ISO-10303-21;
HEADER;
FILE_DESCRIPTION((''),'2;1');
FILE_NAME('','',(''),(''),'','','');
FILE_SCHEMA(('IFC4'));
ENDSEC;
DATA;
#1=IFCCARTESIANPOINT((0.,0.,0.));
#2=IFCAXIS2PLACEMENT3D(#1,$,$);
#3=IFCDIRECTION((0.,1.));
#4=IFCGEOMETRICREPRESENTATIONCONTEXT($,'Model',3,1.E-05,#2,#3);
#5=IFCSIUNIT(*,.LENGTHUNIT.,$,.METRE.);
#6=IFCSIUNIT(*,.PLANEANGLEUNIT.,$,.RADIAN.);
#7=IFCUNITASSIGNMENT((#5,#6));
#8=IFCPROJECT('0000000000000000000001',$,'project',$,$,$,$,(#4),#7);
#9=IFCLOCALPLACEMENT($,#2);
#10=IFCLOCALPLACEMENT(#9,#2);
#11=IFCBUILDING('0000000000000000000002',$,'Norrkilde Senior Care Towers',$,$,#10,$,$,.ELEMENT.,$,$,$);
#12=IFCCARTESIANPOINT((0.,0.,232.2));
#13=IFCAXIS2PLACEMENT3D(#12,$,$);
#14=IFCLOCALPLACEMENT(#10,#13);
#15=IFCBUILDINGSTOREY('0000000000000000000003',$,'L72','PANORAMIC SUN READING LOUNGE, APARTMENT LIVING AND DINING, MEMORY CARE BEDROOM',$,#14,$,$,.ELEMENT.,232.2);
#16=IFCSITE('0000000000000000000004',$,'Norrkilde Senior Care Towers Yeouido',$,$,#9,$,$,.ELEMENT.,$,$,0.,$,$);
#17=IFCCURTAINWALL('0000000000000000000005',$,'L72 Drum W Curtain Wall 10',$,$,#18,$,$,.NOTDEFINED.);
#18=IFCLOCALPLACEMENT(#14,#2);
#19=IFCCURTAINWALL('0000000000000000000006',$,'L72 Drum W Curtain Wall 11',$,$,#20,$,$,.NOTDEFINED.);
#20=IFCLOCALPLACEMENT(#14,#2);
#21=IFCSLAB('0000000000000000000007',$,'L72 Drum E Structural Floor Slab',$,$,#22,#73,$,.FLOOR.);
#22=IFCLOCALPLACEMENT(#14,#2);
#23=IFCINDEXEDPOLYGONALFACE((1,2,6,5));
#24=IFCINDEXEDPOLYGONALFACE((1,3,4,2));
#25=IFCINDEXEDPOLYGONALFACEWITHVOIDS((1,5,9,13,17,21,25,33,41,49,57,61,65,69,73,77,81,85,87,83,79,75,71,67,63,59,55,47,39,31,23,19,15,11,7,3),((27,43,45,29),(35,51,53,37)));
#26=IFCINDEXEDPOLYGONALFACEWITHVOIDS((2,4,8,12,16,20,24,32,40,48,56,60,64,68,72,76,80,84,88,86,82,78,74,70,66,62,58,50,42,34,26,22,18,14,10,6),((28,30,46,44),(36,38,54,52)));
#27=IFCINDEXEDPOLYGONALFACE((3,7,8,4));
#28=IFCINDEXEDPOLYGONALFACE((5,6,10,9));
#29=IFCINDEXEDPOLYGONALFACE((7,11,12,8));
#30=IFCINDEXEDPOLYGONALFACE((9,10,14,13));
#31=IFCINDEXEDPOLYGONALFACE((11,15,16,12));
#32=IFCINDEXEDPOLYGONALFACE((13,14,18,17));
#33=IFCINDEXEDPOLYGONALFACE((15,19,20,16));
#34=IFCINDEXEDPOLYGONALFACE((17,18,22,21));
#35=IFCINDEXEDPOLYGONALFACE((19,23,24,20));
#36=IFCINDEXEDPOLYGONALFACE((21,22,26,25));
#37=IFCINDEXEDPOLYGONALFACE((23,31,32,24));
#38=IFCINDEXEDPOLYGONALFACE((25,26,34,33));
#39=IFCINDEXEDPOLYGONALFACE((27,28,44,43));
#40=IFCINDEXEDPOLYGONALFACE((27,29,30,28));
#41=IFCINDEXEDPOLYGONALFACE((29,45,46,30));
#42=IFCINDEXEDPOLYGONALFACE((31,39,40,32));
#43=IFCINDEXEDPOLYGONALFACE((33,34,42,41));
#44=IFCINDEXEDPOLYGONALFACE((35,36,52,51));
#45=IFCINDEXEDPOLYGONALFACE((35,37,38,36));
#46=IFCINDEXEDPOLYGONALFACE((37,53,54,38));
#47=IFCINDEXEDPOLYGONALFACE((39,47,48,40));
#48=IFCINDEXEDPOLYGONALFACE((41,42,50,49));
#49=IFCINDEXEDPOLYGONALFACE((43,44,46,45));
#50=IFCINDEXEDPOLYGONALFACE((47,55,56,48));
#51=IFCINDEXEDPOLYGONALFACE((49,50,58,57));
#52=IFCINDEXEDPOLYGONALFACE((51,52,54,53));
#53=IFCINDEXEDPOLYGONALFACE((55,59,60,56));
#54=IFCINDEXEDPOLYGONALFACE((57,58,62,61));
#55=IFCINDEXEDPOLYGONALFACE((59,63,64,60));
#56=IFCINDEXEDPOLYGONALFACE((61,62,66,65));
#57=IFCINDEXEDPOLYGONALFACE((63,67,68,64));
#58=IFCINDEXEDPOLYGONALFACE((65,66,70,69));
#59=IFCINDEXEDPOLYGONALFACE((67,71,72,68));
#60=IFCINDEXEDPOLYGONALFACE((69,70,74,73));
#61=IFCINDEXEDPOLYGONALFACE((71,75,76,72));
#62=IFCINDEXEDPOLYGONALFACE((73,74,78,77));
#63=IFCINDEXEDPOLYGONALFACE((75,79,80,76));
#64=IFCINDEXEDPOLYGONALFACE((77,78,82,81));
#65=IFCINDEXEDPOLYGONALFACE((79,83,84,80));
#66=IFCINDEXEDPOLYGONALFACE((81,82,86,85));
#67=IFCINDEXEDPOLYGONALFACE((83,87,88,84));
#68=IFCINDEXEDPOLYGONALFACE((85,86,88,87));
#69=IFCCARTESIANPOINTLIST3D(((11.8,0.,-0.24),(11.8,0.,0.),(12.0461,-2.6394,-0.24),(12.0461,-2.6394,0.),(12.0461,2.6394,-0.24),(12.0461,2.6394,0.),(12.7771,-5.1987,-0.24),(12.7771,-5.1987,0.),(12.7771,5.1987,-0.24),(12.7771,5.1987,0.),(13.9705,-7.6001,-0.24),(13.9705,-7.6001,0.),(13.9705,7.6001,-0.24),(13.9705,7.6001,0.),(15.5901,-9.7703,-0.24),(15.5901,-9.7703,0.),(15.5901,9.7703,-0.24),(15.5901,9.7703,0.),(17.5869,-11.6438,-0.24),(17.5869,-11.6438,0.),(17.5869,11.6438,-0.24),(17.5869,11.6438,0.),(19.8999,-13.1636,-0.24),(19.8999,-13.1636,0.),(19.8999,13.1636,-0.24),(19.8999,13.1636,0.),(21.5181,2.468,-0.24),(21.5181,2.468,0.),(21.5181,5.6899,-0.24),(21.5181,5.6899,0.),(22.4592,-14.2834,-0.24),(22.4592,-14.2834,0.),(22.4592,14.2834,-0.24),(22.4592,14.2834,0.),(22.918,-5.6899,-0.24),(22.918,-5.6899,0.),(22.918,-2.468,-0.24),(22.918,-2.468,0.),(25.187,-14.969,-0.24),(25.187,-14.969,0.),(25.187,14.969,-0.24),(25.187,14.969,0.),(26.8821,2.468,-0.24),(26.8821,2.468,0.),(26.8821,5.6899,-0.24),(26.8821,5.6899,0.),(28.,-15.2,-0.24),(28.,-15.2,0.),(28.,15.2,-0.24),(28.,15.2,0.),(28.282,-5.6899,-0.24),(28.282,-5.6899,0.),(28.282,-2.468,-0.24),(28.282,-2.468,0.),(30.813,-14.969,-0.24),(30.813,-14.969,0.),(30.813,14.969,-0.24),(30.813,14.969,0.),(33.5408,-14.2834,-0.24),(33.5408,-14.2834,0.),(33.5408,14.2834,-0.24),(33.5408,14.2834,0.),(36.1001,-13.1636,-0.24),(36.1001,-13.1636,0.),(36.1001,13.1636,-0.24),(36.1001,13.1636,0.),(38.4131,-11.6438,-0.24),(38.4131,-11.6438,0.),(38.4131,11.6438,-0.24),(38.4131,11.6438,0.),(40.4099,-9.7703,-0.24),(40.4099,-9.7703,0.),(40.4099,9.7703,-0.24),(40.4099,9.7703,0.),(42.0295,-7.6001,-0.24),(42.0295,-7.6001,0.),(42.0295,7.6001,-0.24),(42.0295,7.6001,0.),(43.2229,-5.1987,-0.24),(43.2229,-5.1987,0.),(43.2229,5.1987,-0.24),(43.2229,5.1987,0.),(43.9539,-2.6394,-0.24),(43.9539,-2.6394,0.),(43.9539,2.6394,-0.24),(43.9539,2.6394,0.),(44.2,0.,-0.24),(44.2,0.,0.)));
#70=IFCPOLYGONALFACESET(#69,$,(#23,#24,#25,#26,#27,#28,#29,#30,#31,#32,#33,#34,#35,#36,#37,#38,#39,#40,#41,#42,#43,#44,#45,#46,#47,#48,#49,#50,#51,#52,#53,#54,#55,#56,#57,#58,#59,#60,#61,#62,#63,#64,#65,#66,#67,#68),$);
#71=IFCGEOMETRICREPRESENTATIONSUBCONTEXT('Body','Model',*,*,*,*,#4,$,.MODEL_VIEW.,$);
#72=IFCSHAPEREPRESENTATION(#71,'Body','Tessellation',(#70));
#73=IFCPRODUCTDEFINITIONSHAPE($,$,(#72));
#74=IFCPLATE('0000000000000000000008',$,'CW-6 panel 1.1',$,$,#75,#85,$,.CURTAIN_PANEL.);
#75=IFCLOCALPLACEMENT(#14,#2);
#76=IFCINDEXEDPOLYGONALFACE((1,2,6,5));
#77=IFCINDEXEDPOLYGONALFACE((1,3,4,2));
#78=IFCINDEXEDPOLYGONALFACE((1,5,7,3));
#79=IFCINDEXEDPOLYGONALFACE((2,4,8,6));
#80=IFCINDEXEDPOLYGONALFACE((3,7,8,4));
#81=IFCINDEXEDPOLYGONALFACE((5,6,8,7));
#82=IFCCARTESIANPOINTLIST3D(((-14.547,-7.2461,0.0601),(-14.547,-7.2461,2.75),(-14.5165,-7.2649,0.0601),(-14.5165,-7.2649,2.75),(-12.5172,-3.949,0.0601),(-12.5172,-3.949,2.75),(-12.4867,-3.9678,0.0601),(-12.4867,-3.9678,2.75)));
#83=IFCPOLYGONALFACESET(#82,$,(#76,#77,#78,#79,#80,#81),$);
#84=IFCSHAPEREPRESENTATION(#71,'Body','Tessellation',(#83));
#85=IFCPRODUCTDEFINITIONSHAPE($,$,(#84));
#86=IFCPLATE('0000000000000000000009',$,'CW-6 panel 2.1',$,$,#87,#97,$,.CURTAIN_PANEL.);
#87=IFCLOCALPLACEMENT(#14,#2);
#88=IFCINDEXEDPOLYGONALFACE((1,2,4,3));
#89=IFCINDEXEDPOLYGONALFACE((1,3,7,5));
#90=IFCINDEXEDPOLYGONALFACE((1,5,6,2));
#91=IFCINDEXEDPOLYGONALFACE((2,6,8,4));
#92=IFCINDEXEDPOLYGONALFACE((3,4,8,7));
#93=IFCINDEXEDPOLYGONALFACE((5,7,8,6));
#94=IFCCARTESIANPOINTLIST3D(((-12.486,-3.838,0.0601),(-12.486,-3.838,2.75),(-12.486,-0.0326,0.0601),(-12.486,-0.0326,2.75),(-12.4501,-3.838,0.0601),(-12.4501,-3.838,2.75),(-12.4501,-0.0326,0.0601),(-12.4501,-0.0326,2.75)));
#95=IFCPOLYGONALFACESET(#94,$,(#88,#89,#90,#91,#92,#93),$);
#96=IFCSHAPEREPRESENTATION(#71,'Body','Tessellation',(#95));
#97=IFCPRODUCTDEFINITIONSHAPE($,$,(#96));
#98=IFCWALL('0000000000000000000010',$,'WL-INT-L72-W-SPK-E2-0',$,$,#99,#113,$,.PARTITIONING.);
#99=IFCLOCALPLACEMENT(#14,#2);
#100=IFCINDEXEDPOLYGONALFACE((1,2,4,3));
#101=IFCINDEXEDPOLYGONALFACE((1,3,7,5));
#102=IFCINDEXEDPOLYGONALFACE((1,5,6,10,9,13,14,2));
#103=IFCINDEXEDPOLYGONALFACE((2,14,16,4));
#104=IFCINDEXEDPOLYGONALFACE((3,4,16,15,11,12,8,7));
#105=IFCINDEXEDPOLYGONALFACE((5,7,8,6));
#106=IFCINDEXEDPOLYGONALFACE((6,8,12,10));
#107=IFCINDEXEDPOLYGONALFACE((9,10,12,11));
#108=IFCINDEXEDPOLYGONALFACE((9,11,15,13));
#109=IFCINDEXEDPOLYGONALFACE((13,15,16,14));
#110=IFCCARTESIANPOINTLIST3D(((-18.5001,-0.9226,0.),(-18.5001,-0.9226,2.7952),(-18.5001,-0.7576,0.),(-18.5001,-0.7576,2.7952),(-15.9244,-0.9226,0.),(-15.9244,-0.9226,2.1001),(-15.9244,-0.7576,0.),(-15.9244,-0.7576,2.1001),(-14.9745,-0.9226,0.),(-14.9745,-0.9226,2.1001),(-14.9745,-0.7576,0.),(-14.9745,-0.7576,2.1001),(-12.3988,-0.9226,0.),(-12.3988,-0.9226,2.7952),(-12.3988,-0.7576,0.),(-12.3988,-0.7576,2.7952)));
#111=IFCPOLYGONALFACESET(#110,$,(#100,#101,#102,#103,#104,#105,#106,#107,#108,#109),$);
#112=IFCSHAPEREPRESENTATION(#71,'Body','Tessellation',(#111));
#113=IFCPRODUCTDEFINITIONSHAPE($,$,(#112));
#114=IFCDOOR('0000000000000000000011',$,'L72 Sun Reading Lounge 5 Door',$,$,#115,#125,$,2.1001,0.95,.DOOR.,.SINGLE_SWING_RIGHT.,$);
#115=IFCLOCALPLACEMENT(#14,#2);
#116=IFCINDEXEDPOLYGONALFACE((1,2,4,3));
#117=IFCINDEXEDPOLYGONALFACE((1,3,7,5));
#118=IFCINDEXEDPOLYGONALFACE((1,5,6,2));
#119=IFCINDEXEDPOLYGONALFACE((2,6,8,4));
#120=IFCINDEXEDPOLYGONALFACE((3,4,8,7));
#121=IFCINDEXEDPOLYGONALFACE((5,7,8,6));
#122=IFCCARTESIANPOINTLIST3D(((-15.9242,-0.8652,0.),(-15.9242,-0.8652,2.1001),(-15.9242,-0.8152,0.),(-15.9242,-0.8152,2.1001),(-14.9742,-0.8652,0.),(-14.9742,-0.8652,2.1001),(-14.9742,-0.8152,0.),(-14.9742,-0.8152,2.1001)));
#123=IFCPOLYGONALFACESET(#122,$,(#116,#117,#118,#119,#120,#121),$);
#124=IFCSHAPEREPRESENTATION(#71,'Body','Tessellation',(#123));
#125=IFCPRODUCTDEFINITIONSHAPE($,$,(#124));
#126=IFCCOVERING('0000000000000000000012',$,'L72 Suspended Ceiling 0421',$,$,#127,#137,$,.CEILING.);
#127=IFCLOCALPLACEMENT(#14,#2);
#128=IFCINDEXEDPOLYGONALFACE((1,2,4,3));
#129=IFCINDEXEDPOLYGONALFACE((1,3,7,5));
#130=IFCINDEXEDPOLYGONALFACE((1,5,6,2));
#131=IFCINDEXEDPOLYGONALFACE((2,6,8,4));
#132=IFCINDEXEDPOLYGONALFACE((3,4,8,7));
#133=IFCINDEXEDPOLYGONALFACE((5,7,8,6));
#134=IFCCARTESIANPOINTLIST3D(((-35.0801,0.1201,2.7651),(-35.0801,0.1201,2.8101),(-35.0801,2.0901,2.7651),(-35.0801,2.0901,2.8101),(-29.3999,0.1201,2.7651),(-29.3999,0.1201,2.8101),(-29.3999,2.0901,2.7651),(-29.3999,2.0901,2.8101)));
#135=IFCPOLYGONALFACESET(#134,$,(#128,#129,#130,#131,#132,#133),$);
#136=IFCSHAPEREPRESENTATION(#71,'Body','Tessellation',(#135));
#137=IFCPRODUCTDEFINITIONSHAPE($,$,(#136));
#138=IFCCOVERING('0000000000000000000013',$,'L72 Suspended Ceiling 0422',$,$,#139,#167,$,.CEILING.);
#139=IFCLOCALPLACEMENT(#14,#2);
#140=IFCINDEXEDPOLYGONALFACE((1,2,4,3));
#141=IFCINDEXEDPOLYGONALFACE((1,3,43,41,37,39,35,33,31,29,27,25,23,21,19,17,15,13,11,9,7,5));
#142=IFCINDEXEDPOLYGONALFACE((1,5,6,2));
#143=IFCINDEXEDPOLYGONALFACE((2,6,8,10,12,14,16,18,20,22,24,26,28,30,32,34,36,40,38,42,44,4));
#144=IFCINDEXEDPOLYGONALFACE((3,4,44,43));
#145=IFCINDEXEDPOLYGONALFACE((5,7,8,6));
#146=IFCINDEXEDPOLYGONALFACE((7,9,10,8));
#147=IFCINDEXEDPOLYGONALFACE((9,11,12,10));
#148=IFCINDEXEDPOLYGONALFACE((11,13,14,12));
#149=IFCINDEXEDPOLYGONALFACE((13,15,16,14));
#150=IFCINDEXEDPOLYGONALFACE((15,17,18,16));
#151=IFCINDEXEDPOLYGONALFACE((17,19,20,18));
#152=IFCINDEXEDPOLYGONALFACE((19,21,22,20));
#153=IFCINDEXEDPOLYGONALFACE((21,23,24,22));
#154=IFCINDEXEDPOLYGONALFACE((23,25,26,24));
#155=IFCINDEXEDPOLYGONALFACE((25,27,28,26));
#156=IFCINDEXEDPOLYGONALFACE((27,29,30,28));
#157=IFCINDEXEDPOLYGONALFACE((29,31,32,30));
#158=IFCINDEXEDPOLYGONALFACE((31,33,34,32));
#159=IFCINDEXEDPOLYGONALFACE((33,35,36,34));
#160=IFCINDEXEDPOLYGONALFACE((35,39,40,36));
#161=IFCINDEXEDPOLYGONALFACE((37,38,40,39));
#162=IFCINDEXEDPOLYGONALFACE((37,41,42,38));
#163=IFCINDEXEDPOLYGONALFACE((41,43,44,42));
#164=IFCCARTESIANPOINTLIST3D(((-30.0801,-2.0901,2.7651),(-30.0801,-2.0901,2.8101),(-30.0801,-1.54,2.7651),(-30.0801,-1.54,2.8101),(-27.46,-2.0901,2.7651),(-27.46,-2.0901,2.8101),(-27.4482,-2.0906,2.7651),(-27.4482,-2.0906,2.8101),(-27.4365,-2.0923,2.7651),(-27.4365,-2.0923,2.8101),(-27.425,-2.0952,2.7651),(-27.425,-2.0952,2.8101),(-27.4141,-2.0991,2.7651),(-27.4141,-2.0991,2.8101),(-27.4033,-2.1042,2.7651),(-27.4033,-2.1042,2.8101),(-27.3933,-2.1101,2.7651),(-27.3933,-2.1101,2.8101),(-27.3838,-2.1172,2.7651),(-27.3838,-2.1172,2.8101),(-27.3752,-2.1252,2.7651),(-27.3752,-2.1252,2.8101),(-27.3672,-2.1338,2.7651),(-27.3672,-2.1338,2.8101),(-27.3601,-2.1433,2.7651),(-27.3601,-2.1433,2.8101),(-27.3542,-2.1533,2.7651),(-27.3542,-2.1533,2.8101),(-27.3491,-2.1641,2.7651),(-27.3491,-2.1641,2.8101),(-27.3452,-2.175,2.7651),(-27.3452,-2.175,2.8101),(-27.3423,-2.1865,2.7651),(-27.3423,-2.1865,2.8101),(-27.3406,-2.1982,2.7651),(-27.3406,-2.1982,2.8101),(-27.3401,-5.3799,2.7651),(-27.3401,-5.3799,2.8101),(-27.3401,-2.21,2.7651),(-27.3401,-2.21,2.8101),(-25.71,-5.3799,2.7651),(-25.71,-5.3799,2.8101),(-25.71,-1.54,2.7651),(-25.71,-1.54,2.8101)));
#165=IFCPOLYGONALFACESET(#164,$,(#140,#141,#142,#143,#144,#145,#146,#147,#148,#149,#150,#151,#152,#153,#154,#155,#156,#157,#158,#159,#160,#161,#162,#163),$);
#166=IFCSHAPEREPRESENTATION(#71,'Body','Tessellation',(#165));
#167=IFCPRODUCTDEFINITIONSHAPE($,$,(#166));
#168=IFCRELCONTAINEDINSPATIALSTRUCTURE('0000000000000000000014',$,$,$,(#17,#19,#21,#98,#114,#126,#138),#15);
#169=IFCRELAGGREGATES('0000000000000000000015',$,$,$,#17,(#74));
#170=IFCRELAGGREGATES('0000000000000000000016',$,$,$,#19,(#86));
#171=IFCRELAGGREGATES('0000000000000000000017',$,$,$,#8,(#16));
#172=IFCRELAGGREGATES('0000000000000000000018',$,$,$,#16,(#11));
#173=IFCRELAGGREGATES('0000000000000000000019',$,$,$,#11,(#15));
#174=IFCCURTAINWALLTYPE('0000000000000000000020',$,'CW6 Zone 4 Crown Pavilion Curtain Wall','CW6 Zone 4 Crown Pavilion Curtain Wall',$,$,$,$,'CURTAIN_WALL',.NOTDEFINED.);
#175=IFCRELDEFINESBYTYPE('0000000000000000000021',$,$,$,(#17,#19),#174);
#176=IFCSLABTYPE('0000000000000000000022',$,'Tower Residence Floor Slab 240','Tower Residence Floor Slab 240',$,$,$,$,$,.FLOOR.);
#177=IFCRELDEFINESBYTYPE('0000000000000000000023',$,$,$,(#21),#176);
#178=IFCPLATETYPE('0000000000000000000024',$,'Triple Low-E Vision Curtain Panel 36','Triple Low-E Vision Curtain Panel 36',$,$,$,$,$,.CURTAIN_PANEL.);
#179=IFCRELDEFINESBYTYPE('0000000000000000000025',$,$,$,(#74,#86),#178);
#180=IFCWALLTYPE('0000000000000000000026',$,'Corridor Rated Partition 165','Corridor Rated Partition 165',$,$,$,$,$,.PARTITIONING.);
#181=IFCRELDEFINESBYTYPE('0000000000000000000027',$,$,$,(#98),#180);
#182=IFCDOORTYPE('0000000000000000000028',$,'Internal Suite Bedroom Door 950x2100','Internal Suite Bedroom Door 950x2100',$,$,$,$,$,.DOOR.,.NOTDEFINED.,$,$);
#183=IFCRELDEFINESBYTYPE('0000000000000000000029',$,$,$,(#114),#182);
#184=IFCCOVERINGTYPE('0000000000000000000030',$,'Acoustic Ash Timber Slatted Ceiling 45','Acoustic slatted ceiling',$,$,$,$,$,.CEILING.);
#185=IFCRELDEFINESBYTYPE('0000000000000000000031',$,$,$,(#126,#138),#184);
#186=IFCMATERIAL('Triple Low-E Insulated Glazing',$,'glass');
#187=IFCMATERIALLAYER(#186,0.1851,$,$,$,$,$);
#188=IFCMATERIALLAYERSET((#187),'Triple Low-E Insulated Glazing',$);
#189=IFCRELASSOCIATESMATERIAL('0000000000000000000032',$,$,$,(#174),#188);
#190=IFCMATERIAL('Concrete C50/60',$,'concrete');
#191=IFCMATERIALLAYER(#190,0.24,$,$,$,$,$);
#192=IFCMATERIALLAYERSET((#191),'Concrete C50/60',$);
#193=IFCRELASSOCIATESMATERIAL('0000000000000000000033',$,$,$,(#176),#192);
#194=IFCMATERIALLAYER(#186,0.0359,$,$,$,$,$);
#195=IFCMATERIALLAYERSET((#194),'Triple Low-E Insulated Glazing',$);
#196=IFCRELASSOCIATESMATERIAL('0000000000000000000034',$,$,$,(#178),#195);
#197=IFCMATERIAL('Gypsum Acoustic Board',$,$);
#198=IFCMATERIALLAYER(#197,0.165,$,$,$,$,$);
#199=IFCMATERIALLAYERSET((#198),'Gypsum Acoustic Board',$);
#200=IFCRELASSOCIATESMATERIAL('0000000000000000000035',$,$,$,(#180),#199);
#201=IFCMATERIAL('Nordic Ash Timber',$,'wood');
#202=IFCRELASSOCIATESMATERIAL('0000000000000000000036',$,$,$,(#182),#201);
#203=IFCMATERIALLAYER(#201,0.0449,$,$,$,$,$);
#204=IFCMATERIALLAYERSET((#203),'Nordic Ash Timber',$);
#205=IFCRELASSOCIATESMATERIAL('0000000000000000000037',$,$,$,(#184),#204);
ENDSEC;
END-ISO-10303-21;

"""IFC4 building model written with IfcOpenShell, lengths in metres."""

from ifc_helpers import new_model, si_unit, direction, frame, frame_2d, origin, origin_2d, place, context, subcontext, project, spatial, polyline, rectangle, outline, extrude, source, transform, mapped, material, layer, layer_set, type_object, type_shapes, element, fill, aggregate, save


model = new_model("IFC4")

# Units and contexts
model_context = context("Model", 3, precision=1e-05, world=origin(), true_north=direction((0.0, 1.0)))
body_context = subcontext(model_context, "Body", "Model", "MODEL_VIEW")
ifc_project = project(units=[si_unit("LENGTHUNIT", "METRE"), si_unit("PLANEANGLEUNIT", "RADIAN")], contexts=[model_context])

# Site, building, storey
site_placement = place(None, origin())
site = spatial("IfcSite", under=ifc_project, at=site_placement, Name="Norrkilde Senior Care Towers Yeouido", CompositionType="ELEMENT", RefElevation=0.0)
building_placement = place(site_placement, origin())
building = spatial("IfcBuilding", under=site, at=building_placement, Name="Norrkilde Senior Care Towers", CompositionType="ELEMENT")
storey_placement = place(building_placement, frame((0.0, 0.0, 232.2)))
storey = spatial("IfcBuildingStorey", under=building, at=storey_placement, Name="L72", Description="PANORAMIC SUN READING LOUNGE, APARTMENT LIVING AND DINING, MEMORY CARE BEDROOM", CompositionType="ELEMENT", Elevation=232.2)

# Shared definitions
ifc_material_1 = material(Name="Concrete C50/60", Category="concrete")

# Curtain walls
ifc_material_2 = material(Name="Triple Low-E Insulated Glazing", Category="glass")
ifc_layer_1 = layer(ifc_material_2, 0.1851)
ifc_layer_set_1 = layer_set([ifc_layer_1], Name="Triple Low-E Insulated Glazing")
curtain_wall_type = type_object("IfcCurtainWallType", Name="CW6 Zone 4 Crown Pavilion Curtain Wall", Description="CW6 Zone 4 Crown Pavilion Curtain Wall", ElementType="CURTAIN_WALL", PredefinedType="NOTDEFINED", material=ifc_layer_set_1)
curtain_wall_1_placement = place(storey_placement, origin())
curtain_wall_1 = element("IfcCurtainWall", 1, at=curtain_wall_1_placement, inside=storey, type_object=curtain_wall_type, Name="L72 Drum W Curtain Wall 10", PredefinedType="NOTDEFINED")
curtain_wall_2_placement = place(storey_placement, origin())
curtain_wall_2 = element("IfcCurtainWall", 2, at=curtain_wall_2_placement, inside=storey, type_object=curtain_wall_type, Name="L72 Drum W Curtain Wall 11", PredefinedType="NOTDEFINED")

# Slab
ifc_layer_2 = layer(ifc_material_1, 0.24)
ifc_layer_set_2 = layer_set([ifc_layer_2], Name="Concrete C50/60")
slab_type_1 = type_object("IfcSlabType", Name="Tower Residence Floor Slab 240", Description="Tower Residence Floor Slab 240", PredefinedType="FLOOR", material=ifc_layer_set_2)
slab_1_placement = place(storey_placement, frame((0.0, 0.0, -0.24)))
element("IfcSlab", 3, at=slab_1_placement, inside=storey, type_object=slab_type_1, Name="L72 Drum E Structural Floor Slab", PredefinedType="FLOOR", context=body_context, shape_type="SweptSolid", body=[
    extrude(outline(polyline([(43.2229, -5.1987), (42.0295, -7.6001), (40.4099, -9.7703), (38.4131, -11.6438), (36.1001, -13.1636), (33.5408, -14.2834), (30.813, -14.969), (28.0, -15.2), (25.187, -14.969), (22.4592, -14.2834), (19.8999, -13.1636), (17.5869, -11.6438), (15.5901, -9.7703), (13.9705, -7.6001), (12.7771, -5.1987), (12.0461, -2.6394), (11.8, 0.0), (12.0461, 2.6394), (12.7771, 5.1987), (13.9705, 7.6001), (15.5901, 9.7703), (17.5869, 11.6438), (19.8999, 13.1636), (22.4592, 14.2834), (25.187, 14.969), (28.0, 15.2), (30.813, 14.969), (33.5408, 14.2834), (36.1001, 13.1636), (38.4131, 11.6438), (40.4099, 9.7703), (42.0295, 7.6001), (43.2229, 5.1987), (43.9539, 2.6394), (44.2, 0.0), (43.9539, -2.6394), (43.2229, -5.1987)]), holes=[polyline([(21.5181, 2.468), (26.8821, 2.468), (26.8821, 5.6899), (21.5181, 5.6899), (21.5181, 2.468)]), polyline([(28.282, -5.6899), (28.282, -2.468), (22.918, -2.468), (22.918, -5.6899), (28.282, -5.6899)])]), origin(), (0.0, 0.0, 1.0), 0.24),
])

# Plates
ifc_layer_3 = layer(ifc_material_2, 0.0359)
ifc_layer_set_3 = layer_set([ifc_layer_3], Name="Triple Low-E Insulated Glazing")
plate_type = type_object("IfcPlateType", Name="Triple Low-E Vision Curtain Panel 36", Description="Triple Low-E Vision Curtain Panel 36", PredefinedType="CURTAIN_PANEL", material=ifc_layer_set_3)
shared_shape_1 = source(origin(), body_context, "Body", "SweptSolid", [
    extrude(rectangle(XDim=3.8718, YDim=0.0359, at=origin_2d()), origin(), (0.0, 0.0, 1.0), 2.6899),
])
plate_1_placement = place(storey_placement, frame((-13.5168, -5.6069, 0.0601), z_axis=(0.0, 0.0, 1.0), x_axis=(-0.524253, -0.851563, 0.0)))
plate_1 = element("IfcPlate", 4, at=plate_1_placement, type_object=plate_type, Name="CW-6 panel 1.1", PredefinedType="CURTAIN_PANEL", context=body_context, shape_type="MappedRepresentation", body=[
    mapped(shared_shape_1, transform((0.0, 0.0, 0.0), x_axis=(1.0, 0.0, 0.0), y_axis=(0.0, 1.0, 0.0), z_axis=(0.0, 0.0, 1.0), scale=1.0)),
])
aggregate(curtain_wall_1, [plate_1])
shared_shape_2 = source(origin(), body_context, "Body", "SweptSolid", [
    extrude(rectangle(XDim=3.8054, YDim=0.0359, at=origin_2d()), origin(), (0.0, 0.0, 1.0), 2.6899),
])
type_shapes(plate_type, [shared_shape_1, shared_shape_2])
plate_2_placement = place(storey_placement, frame((-12.468, -1.9353, 0.0601), z_axis=(0.0, 0.0, 1.0), x_axis=(0.0, -1.0, 0.0)))
plate_2 = element("IfcPlate", 5, at=plate_2_placement, type_object=plate_type, Name="CW-6 panel 2.1", PredefinedType="CURTAIN_PANEL", context=body_context, shape_type="MappedRepresentation", body=[
    mapped(shared_shape_2, transform((0.0, 0.0, 0.0), x_axis=(1.0, 0.0, 0.0), y_axis=(0.0, 1.0, 0.0), z_axis=(0.0, 0.0, 1.0), scale=1.0)),
])
aggregate(curtain_wall_2, [plate_2])

# Wall, opening, door
ifc_material_3 = material(Name="Gypsum Acoustic Board")
ifc_layer_4 = layer(ifc_material_3, 0.165)
ifc_layer_set_4 = layer_set([ifc_layer_4], Name="Gypsum Acoustic Board")
wall_type = type_object("IfcWallType", Name="Corridor Rated Partition 165", Description="Corridor Rated Partition 165", PredefinedType="PARTITIONING", material=ifc_layer_set_4)
shared_shape_3 = source(origin(), body_context, "Body", "SweptSolid", [
    extrude(rectangle(XDim=6.1013, YDim=0.165, at=frame_2d((3.0508, 0.0))), origin(), (0.0, 0.0, 1.0), 2.7952),
])
type_shapes(wall_type, [shared_shape_3])
wall_placement = place(storey_placement, frame((-12.3987, -0.8401, 0.0), z_axis=(0.0, 0.0, 1.0), x_axis=(-1.0, 0.0, 0.0)))
wall = element("IfcWall", 6, at=wall_placement, inside=storey, type_object=wall_type, Name="WL-INT-L72-W-SPK-E2-0", PredefinedType="PARTITIONING", context=body_context, shape_type="MappedRepresentation", body=[
    mapped(shared_shape_3, transform((0.0, 0.0, 0.0), x_axis=(1.0, 0.0, 0.0), y_axis=(0.0, 1.0, 0.0), z_axis=(0.0, 0.0, 1.0), scale=1.0)),
])
opening_placement = place(wall_placement, frame((2.5757, 0.0, 0.0)))
opening = element("IfcOpeningElement", 7, at=opening_placement, cuts=wall, PredefinedType="OPENING", context=body_context, shape_type="SweptSolid", body=[
    extrude(rectangle(XDim=0.95, YDim=2.1001, at=frame_2d((0.4751, 1.05))), frame((0.0, 0.0925, 0.0), z_axis=(0.0, -1.0, 0.0), x_axis=(1.0, 0.0, 0.0)), (0.0, 0.0, 1.0), 0.1851),
])
ifc_material_4 = material(Name="Nordic Ash Timber", Category="wood")
door_type = type_object("IfcDoorType", Name="Internal Suite Bedroom Door 950x2100", Description="Internal Suite Bedroom Door 950x2100", OperationType="NOTDEFINED", PredefinedType="DOOR", material=ifc_material_4)
shared_shape_4 = source(origin(), body_context, "Body", "SweptSolid", [
    extrude(rectangle(XDim=0.95, YDim=2.1001, at=frame_2d((0.4751, 1.05))), frame((0.0, 0.0249, 0.0), z_axis=(0.0, -1.0, 0.0), x_axis=(1.0, 0.0, 0.0)), (0.0, 0.0, 1.0), 0.05),
])
type_shapes(door_type, [shared_shape_4])
door_placement = place(opening_placement, frame((0.95, 0.0, 0.0), z_axis=(0.0, 0.0, 1.0), x_axis=(-1.0, 0.0, 0.0)))
door = element("IfcDoor", 8, at=door_placement, inside=storey, type_object=door_type, Name="L72 Sun Reading Lounge 5 Door", OperationType="SINGLE_SWING_RIGHT", OverallHeight=2.1001, OverallWidth=0.95, PredefinedType="DOOR", context=body_context, shape_type="MappedRepresentation", body=[
    mapped(shared_shape_4, transform((0.0, 0.0, 0.0), x_axis=(1.0, 0.0, 0.0), y_axis=(0.0, 1.0, 0.0), z_axis=(0.0, 0.0, 1.0), scale=1.0)),
])
fill(opening, door)

# Coverings
ifc_layer_5 = layer(ifc_material_4, 0.0449)
ifc_layer_set_5 = layer_set([ifc_layer_5], Name="Nordic Ash Timber")
covering_type_1 = type_object("IfcCoveringType", Name="Acoustic Ash Timber Slatted Ceiling 45", Description="Acoustic slatted ceiling", PredefinedType="CEILING", material=ifc_layer_set_5)
covering_1_placement = place(storey_placement, frame((0.0, 0.0, 2.7651)))
element("IfcCovering", 9, at=covering_1_placement, inside=storey, type_object=covering_type_1, Name="L72 Suspended Ceiling 0421", PredefinedType="CEILING", context=body_context, shape_type="SweptSolid", body=[
    extrude(outline(polyline([(-29.3999, 0.1201), (-35.0801, 0.1201), (-35.0801, 2.0901), (-29.3999, 2.0901), (-29.3999, 0.1201)])), origin(), (0.0, 0.0, 1.0), 0.0449),
])
covering_2_placement = place(storey_placement, frame((0.0, 0.0, 2.7651)))
element("IfcCovering", 10, at=covering_2_placement, inside=storey, type_object=covering_type_1, Name="L72 Suspended Ceiling 0422", PredefinedType="CEILING", context=body_context, shape_type="SweptSolid", body=[
    extrude(outline(polyline([(-27.3452, -2.175), (-27.3491, -2.1641), (-27.3542, -2.1533), (-27.3601, -2.1433), (-27.3672, -2.1338), (-27.3752, -2.1252), (-27.3838, -2.1172), (-27.3933, -2.1101), (-27.4033, -2.1042), (-27.4141, -2.0991), (-27.425, -2.0952), (-27.4365, -2.0923), (-27.4482, -2.0906), (-27.46, -2.0901), (-30.0801, -2.0901), (-30.0801, -1.54), (-25.71, -1.54), (-25.71, -5.3799), (-27.3401, -5.3799), (-27.3401, -2.21), (-27.3406, -2.1982), (-27.3423, -2.1865), (-27.3452, -2.175)])), origin(), (0.0, 0.0, 1.0), 0.0449),
])

save(model, "model.ifc")
